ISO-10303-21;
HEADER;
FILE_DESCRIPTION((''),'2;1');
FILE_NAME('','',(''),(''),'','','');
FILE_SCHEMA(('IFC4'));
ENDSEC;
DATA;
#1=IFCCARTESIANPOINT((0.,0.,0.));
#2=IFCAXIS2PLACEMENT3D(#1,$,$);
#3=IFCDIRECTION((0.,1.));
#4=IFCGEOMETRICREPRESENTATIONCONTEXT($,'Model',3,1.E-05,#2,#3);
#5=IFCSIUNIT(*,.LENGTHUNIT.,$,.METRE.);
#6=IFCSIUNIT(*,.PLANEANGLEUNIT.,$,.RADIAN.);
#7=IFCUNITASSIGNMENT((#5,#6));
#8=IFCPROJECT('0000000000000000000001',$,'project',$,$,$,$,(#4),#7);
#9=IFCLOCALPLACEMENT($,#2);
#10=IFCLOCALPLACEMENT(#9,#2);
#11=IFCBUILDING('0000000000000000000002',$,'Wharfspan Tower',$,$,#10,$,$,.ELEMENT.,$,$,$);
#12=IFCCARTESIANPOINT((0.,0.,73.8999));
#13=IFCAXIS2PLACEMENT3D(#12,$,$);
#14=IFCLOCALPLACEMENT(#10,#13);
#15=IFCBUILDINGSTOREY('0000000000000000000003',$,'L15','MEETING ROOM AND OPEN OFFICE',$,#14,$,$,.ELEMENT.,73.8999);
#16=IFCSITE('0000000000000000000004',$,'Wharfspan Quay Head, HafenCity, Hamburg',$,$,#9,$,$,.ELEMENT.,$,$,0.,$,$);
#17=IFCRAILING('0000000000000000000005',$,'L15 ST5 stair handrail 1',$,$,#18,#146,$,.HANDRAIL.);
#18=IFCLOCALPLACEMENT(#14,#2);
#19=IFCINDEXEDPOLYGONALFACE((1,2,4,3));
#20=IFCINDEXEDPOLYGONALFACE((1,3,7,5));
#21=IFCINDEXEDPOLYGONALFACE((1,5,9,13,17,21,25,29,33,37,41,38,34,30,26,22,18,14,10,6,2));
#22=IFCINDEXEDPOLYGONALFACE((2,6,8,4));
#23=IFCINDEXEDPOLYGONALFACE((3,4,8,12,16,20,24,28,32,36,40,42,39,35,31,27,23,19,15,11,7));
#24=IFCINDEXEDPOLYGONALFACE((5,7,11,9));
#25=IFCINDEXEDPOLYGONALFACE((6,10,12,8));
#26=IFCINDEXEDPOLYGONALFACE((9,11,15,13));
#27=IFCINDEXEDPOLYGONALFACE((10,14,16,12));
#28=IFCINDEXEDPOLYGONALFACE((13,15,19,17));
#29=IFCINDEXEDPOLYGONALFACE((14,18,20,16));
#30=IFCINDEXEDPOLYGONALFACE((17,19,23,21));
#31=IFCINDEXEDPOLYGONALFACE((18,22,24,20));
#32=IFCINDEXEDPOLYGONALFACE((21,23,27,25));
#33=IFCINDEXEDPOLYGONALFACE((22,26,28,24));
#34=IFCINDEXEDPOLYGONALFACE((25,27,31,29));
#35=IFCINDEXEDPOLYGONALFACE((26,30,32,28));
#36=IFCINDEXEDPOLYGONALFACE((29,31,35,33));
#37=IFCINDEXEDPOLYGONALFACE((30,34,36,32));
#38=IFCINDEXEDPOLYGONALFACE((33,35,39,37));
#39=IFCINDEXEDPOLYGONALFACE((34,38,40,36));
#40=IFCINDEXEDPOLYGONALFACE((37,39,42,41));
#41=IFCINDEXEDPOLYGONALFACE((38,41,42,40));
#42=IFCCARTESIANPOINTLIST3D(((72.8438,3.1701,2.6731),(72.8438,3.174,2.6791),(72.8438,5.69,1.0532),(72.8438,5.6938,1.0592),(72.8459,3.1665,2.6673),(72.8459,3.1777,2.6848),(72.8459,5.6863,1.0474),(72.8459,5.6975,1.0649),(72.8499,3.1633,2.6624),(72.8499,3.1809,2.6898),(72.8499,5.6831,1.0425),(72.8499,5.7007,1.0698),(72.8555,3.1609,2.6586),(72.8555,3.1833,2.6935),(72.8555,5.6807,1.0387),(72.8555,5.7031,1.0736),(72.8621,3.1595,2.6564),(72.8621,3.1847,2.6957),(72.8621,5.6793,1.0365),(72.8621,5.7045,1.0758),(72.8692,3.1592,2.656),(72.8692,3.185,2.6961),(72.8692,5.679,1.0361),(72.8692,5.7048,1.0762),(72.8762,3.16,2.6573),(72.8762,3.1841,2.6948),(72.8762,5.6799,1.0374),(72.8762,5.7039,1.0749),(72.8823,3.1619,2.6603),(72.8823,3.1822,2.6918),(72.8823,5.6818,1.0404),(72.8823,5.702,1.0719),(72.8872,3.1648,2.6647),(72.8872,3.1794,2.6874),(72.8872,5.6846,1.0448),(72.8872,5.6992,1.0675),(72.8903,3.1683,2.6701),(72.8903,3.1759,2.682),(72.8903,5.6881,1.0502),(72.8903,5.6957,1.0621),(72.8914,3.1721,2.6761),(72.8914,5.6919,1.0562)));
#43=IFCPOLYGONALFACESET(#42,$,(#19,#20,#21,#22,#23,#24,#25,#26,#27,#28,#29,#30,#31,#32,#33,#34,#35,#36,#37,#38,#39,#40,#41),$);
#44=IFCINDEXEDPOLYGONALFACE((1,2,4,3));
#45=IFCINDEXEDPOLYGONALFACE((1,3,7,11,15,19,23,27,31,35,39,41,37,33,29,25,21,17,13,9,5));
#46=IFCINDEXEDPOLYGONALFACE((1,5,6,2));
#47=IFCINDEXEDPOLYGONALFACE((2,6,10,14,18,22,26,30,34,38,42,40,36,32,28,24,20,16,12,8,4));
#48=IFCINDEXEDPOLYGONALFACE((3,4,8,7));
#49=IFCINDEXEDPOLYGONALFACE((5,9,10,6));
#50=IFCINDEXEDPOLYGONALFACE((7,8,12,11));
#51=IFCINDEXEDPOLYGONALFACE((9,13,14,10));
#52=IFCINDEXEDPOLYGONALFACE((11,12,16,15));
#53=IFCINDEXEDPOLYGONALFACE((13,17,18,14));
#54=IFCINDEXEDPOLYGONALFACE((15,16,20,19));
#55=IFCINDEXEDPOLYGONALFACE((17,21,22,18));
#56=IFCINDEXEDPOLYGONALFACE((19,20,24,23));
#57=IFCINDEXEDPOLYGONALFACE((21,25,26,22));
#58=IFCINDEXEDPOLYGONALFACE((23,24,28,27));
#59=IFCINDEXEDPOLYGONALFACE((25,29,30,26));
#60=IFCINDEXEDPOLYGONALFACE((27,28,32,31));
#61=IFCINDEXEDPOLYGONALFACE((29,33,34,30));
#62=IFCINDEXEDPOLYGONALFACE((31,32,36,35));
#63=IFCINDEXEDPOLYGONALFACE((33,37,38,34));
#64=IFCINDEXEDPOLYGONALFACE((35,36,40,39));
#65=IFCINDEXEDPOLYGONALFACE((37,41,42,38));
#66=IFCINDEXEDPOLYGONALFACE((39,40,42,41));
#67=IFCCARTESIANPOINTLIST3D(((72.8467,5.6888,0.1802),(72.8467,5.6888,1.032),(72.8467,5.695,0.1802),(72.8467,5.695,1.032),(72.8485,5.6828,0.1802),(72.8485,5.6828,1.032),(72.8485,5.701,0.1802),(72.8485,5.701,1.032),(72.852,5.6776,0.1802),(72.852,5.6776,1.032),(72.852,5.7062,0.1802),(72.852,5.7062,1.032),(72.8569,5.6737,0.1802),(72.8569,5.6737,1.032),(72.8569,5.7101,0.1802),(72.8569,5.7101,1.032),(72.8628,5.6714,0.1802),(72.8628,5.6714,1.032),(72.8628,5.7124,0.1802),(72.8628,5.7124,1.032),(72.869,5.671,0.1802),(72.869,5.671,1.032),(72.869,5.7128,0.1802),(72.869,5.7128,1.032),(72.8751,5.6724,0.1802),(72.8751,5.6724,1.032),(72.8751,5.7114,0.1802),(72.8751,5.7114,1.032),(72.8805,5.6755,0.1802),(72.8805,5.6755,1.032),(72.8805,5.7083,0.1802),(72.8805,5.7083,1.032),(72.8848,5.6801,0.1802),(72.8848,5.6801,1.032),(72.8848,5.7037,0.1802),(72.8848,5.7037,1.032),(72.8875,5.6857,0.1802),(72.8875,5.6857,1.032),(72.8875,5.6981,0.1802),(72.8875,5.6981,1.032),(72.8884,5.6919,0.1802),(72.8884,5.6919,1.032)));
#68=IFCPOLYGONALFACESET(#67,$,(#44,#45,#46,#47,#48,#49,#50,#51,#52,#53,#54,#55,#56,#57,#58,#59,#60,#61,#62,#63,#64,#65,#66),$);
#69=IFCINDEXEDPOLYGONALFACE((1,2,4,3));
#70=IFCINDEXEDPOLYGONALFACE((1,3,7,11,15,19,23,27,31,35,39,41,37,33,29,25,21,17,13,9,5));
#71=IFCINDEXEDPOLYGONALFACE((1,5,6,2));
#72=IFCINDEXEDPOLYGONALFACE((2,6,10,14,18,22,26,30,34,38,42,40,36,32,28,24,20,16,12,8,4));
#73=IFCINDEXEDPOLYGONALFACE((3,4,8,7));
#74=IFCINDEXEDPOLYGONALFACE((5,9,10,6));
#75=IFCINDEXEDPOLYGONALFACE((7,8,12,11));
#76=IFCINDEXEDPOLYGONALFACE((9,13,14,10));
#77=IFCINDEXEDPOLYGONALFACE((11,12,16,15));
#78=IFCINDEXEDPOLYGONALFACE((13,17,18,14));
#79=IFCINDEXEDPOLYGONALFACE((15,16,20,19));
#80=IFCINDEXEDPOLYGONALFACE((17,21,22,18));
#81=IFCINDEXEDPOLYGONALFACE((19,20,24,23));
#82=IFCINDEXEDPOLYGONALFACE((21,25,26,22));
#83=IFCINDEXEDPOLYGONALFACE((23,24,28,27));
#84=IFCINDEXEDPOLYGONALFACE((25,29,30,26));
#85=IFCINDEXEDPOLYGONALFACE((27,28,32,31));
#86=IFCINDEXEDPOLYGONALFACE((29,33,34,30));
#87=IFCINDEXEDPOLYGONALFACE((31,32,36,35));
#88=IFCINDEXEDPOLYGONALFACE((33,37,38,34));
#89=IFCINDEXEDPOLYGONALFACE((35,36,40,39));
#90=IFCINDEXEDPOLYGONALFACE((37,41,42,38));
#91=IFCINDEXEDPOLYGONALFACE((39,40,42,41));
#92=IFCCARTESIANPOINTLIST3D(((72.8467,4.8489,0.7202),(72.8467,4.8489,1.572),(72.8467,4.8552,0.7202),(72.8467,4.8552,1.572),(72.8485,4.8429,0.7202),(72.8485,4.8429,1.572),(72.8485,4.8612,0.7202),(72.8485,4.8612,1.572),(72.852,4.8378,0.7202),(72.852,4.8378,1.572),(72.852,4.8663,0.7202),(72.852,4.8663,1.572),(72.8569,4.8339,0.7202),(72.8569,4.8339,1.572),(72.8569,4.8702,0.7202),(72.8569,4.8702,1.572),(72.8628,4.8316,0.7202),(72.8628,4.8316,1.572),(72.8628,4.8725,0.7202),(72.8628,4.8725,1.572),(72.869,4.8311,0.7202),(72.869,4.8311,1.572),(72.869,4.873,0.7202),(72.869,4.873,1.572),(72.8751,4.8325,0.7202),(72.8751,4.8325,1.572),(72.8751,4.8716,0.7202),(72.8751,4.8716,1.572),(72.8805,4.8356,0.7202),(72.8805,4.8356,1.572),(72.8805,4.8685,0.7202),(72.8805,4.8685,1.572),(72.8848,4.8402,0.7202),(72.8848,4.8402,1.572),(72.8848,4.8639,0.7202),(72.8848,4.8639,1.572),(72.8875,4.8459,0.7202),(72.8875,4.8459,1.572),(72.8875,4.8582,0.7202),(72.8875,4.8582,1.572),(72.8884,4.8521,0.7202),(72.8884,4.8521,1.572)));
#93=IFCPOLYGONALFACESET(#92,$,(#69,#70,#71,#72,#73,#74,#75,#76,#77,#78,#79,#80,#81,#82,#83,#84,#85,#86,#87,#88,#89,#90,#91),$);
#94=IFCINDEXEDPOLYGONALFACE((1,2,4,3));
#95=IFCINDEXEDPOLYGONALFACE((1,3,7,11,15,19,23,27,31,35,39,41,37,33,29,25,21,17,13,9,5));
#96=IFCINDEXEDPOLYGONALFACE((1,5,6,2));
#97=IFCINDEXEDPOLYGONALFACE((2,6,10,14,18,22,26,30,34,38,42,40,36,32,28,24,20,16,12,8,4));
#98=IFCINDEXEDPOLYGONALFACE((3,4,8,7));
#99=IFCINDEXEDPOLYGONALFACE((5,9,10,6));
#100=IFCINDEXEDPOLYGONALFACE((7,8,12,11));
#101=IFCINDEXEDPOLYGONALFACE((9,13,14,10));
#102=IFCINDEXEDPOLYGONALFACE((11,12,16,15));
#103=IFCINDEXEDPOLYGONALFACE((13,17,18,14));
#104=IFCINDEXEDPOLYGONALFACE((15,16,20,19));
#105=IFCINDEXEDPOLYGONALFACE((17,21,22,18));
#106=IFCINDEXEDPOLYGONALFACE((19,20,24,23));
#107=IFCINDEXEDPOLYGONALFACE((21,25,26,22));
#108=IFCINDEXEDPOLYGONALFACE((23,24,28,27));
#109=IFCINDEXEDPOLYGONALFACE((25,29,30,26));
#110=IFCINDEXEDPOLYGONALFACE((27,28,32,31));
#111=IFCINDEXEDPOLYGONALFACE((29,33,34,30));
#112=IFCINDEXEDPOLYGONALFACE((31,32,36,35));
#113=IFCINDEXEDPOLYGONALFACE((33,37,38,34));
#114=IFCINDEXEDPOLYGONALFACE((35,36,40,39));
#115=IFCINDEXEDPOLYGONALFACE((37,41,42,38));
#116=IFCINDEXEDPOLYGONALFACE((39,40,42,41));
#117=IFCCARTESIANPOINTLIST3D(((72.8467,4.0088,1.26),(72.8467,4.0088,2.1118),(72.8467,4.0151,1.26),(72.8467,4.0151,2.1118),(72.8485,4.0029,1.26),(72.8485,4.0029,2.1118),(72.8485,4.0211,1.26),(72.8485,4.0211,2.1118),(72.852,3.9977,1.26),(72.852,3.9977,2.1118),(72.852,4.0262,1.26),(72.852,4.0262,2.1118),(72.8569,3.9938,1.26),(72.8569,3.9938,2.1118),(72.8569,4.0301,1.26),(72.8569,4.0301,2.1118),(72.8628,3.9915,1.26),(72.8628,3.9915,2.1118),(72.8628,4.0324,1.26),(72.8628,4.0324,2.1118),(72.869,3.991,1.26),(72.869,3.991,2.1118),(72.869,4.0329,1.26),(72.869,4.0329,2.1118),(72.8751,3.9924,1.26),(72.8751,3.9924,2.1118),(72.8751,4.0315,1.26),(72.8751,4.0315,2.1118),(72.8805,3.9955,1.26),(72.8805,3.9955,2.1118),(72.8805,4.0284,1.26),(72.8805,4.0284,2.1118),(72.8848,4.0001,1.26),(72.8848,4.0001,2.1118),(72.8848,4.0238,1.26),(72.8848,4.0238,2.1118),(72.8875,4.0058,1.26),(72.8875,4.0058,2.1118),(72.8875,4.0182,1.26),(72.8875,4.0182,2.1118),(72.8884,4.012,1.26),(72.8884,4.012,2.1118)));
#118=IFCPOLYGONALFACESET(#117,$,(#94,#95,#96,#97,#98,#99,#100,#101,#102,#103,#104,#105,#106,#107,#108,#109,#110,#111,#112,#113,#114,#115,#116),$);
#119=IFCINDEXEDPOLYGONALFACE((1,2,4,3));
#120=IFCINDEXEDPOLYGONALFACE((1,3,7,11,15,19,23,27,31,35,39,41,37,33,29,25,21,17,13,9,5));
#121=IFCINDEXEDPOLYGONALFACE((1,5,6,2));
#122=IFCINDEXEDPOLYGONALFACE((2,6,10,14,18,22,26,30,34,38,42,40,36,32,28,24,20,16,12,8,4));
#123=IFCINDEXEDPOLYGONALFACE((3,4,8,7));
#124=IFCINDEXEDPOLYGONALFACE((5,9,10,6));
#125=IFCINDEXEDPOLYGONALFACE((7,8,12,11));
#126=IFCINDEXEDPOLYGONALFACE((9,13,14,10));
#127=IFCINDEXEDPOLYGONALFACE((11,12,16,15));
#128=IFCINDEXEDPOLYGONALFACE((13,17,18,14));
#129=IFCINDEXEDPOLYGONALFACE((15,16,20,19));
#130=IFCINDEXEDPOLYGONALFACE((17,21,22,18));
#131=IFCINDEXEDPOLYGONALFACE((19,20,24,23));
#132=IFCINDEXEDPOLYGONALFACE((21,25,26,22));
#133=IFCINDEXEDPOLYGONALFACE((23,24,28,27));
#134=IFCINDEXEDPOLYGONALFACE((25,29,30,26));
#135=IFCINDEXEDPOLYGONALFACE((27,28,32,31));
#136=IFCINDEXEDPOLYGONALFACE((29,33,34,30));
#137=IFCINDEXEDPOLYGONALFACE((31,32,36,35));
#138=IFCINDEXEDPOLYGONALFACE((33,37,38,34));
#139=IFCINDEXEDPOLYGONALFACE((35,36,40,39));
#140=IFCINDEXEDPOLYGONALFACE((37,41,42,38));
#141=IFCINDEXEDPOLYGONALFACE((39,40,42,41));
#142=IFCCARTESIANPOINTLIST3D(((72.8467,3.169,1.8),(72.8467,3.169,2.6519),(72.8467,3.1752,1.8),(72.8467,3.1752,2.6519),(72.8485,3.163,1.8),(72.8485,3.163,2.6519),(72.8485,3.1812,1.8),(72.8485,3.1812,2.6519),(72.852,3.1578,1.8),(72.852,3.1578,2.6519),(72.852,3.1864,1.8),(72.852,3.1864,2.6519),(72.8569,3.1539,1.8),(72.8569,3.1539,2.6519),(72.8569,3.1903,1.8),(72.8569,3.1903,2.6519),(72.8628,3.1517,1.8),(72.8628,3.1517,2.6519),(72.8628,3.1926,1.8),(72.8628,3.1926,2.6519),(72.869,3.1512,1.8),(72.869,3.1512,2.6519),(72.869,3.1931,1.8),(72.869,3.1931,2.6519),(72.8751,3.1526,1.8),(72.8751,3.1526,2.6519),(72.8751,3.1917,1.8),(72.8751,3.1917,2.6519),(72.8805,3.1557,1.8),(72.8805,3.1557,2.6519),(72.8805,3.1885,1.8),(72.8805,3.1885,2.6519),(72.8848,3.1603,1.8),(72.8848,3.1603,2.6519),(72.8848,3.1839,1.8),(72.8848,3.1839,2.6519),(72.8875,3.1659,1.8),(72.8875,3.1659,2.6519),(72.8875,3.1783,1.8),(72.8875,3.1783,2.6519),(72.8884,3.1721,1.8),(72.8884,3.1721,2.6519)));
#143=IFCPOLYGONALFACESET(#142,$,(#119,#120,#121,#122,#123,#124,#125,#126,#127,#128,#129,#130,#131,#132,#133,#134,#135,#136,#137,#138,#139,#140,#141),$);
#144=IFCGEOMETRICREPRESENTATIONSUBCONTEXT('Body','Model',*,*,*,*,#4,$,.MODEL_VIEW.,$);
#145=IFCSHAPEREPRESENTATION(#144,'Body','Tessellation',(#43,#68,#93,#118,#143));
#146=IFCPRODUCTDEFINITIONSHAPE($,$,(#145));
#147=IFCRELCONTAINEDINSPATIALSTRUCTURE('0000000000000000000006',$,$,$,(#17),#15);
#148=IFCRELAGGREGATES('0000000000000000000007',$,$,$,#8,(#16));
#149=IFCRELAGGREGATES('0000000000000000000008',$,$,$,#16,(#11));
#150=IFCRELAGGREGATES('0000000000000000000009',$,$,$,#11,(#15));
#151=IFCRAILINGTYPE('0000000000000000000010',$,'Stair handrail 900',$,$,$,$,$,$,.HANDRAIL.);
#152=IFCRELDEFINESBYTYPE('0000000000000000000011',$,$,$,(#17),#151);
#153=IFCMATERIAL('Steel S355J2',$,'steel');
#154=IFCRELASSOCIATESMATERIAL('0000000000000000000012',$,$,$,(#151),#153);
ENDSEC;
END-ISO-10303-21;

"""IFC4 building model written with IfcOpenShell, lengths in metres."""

from ifc_helpers import new_model, si_unit, direction, frame, origin, origin_2d, place, context, subcontext, project, spatial, circle, extrude, material, type_object, element, save


model = new_model("IFC4")

# Units and contexts
model_context = context("Model", 3, precision=1e-05, world=origin(), true_north=direction((0.0, 1.0)))
body_context = subcontext(model_context, "Body", "Model", "MODEL_VIEW")
ifc_project = project(units=[si_unit("LENGTHUNIT", "METRE"), si_unit("PLANEANGLEUNIT", "RADIAN")], contexts=[model_context])

# Site, building, storey
site_placement = place(None, origin())
site = spatial("IfcSite", under=ifc_project, at=site_placement, Name="Wharfspan Quay Head, HafenCity, Hamburg", CompositionType="ELEMENT", RefElevation=0.0)
building_placement = place(site_placement, origin())
building = spatial("IfcBuilding", under=site, at=building_placement, Name="Wharfspan Tower", CompositionType="ELEMENT")
storey_placement = place(building_placement, frame((0.0, 0.0, 73.8999)))
storey = spatial("IfcBuildingStorey", under=building, at=storey_placement, Name="L15", Description="MEETING ROOM AND OPEN OFFICE", CompositionType="ELEMENT", Elevation=73.8999)

# Shared definitions
ifc_material_1 = material(Name="Steel S355J2", Category="steel")

# Railing
railing_type_1 = type_object("IfcRailingType", Name="Stair handrail 900", PredefinedType="HANDRAIL", material=ifc_material_1)
railing_1_placement = place(storey_placement, frame((72.8674, 5.6919, 0.1802)))
element("IfcRailing", 1, at=railing_1_placement, inside=storey, type_object=railing_type_1, Name="L15 ST5 stair handrail 1", PredefinedType="HANDRAIL", context=body_context, shape_type="SweptSolid", body=[
    extrude(circle(Radius=0.0239, at=origin_2d()), frame((0.0, 0.0, 0.876), z_axis=(0.0, -0.841176, 0.540762), x_axis=(1.0, 0.0, 0.0)), (0.0, 0.0, 1.0), 2.9956),
    extrude(circle(Radius=0.021, at=origin_2d()), origin(), (0.0, 0.0, 1.0), 0.8518),
    extrude(circle(Radius=0.021, at=origin_2d()), frame((0.0, -0.8398, 0.54)), (0.0, 0.0, 1.0), 0.8518),
    extrude(circle(Radius=0.021, at=origin_2d()), frame((0.0, -1.6799, 1.0798)), (0.0, 0.0, 1.0), 0.8518),
    extrude(circle(Radius=0.021, at=origin_2d()), frame((0.0, -2.5198, 1.6199)), (0.0, 0.0, 1.0), 0.8518),
])

save(model, "model.ifc")
